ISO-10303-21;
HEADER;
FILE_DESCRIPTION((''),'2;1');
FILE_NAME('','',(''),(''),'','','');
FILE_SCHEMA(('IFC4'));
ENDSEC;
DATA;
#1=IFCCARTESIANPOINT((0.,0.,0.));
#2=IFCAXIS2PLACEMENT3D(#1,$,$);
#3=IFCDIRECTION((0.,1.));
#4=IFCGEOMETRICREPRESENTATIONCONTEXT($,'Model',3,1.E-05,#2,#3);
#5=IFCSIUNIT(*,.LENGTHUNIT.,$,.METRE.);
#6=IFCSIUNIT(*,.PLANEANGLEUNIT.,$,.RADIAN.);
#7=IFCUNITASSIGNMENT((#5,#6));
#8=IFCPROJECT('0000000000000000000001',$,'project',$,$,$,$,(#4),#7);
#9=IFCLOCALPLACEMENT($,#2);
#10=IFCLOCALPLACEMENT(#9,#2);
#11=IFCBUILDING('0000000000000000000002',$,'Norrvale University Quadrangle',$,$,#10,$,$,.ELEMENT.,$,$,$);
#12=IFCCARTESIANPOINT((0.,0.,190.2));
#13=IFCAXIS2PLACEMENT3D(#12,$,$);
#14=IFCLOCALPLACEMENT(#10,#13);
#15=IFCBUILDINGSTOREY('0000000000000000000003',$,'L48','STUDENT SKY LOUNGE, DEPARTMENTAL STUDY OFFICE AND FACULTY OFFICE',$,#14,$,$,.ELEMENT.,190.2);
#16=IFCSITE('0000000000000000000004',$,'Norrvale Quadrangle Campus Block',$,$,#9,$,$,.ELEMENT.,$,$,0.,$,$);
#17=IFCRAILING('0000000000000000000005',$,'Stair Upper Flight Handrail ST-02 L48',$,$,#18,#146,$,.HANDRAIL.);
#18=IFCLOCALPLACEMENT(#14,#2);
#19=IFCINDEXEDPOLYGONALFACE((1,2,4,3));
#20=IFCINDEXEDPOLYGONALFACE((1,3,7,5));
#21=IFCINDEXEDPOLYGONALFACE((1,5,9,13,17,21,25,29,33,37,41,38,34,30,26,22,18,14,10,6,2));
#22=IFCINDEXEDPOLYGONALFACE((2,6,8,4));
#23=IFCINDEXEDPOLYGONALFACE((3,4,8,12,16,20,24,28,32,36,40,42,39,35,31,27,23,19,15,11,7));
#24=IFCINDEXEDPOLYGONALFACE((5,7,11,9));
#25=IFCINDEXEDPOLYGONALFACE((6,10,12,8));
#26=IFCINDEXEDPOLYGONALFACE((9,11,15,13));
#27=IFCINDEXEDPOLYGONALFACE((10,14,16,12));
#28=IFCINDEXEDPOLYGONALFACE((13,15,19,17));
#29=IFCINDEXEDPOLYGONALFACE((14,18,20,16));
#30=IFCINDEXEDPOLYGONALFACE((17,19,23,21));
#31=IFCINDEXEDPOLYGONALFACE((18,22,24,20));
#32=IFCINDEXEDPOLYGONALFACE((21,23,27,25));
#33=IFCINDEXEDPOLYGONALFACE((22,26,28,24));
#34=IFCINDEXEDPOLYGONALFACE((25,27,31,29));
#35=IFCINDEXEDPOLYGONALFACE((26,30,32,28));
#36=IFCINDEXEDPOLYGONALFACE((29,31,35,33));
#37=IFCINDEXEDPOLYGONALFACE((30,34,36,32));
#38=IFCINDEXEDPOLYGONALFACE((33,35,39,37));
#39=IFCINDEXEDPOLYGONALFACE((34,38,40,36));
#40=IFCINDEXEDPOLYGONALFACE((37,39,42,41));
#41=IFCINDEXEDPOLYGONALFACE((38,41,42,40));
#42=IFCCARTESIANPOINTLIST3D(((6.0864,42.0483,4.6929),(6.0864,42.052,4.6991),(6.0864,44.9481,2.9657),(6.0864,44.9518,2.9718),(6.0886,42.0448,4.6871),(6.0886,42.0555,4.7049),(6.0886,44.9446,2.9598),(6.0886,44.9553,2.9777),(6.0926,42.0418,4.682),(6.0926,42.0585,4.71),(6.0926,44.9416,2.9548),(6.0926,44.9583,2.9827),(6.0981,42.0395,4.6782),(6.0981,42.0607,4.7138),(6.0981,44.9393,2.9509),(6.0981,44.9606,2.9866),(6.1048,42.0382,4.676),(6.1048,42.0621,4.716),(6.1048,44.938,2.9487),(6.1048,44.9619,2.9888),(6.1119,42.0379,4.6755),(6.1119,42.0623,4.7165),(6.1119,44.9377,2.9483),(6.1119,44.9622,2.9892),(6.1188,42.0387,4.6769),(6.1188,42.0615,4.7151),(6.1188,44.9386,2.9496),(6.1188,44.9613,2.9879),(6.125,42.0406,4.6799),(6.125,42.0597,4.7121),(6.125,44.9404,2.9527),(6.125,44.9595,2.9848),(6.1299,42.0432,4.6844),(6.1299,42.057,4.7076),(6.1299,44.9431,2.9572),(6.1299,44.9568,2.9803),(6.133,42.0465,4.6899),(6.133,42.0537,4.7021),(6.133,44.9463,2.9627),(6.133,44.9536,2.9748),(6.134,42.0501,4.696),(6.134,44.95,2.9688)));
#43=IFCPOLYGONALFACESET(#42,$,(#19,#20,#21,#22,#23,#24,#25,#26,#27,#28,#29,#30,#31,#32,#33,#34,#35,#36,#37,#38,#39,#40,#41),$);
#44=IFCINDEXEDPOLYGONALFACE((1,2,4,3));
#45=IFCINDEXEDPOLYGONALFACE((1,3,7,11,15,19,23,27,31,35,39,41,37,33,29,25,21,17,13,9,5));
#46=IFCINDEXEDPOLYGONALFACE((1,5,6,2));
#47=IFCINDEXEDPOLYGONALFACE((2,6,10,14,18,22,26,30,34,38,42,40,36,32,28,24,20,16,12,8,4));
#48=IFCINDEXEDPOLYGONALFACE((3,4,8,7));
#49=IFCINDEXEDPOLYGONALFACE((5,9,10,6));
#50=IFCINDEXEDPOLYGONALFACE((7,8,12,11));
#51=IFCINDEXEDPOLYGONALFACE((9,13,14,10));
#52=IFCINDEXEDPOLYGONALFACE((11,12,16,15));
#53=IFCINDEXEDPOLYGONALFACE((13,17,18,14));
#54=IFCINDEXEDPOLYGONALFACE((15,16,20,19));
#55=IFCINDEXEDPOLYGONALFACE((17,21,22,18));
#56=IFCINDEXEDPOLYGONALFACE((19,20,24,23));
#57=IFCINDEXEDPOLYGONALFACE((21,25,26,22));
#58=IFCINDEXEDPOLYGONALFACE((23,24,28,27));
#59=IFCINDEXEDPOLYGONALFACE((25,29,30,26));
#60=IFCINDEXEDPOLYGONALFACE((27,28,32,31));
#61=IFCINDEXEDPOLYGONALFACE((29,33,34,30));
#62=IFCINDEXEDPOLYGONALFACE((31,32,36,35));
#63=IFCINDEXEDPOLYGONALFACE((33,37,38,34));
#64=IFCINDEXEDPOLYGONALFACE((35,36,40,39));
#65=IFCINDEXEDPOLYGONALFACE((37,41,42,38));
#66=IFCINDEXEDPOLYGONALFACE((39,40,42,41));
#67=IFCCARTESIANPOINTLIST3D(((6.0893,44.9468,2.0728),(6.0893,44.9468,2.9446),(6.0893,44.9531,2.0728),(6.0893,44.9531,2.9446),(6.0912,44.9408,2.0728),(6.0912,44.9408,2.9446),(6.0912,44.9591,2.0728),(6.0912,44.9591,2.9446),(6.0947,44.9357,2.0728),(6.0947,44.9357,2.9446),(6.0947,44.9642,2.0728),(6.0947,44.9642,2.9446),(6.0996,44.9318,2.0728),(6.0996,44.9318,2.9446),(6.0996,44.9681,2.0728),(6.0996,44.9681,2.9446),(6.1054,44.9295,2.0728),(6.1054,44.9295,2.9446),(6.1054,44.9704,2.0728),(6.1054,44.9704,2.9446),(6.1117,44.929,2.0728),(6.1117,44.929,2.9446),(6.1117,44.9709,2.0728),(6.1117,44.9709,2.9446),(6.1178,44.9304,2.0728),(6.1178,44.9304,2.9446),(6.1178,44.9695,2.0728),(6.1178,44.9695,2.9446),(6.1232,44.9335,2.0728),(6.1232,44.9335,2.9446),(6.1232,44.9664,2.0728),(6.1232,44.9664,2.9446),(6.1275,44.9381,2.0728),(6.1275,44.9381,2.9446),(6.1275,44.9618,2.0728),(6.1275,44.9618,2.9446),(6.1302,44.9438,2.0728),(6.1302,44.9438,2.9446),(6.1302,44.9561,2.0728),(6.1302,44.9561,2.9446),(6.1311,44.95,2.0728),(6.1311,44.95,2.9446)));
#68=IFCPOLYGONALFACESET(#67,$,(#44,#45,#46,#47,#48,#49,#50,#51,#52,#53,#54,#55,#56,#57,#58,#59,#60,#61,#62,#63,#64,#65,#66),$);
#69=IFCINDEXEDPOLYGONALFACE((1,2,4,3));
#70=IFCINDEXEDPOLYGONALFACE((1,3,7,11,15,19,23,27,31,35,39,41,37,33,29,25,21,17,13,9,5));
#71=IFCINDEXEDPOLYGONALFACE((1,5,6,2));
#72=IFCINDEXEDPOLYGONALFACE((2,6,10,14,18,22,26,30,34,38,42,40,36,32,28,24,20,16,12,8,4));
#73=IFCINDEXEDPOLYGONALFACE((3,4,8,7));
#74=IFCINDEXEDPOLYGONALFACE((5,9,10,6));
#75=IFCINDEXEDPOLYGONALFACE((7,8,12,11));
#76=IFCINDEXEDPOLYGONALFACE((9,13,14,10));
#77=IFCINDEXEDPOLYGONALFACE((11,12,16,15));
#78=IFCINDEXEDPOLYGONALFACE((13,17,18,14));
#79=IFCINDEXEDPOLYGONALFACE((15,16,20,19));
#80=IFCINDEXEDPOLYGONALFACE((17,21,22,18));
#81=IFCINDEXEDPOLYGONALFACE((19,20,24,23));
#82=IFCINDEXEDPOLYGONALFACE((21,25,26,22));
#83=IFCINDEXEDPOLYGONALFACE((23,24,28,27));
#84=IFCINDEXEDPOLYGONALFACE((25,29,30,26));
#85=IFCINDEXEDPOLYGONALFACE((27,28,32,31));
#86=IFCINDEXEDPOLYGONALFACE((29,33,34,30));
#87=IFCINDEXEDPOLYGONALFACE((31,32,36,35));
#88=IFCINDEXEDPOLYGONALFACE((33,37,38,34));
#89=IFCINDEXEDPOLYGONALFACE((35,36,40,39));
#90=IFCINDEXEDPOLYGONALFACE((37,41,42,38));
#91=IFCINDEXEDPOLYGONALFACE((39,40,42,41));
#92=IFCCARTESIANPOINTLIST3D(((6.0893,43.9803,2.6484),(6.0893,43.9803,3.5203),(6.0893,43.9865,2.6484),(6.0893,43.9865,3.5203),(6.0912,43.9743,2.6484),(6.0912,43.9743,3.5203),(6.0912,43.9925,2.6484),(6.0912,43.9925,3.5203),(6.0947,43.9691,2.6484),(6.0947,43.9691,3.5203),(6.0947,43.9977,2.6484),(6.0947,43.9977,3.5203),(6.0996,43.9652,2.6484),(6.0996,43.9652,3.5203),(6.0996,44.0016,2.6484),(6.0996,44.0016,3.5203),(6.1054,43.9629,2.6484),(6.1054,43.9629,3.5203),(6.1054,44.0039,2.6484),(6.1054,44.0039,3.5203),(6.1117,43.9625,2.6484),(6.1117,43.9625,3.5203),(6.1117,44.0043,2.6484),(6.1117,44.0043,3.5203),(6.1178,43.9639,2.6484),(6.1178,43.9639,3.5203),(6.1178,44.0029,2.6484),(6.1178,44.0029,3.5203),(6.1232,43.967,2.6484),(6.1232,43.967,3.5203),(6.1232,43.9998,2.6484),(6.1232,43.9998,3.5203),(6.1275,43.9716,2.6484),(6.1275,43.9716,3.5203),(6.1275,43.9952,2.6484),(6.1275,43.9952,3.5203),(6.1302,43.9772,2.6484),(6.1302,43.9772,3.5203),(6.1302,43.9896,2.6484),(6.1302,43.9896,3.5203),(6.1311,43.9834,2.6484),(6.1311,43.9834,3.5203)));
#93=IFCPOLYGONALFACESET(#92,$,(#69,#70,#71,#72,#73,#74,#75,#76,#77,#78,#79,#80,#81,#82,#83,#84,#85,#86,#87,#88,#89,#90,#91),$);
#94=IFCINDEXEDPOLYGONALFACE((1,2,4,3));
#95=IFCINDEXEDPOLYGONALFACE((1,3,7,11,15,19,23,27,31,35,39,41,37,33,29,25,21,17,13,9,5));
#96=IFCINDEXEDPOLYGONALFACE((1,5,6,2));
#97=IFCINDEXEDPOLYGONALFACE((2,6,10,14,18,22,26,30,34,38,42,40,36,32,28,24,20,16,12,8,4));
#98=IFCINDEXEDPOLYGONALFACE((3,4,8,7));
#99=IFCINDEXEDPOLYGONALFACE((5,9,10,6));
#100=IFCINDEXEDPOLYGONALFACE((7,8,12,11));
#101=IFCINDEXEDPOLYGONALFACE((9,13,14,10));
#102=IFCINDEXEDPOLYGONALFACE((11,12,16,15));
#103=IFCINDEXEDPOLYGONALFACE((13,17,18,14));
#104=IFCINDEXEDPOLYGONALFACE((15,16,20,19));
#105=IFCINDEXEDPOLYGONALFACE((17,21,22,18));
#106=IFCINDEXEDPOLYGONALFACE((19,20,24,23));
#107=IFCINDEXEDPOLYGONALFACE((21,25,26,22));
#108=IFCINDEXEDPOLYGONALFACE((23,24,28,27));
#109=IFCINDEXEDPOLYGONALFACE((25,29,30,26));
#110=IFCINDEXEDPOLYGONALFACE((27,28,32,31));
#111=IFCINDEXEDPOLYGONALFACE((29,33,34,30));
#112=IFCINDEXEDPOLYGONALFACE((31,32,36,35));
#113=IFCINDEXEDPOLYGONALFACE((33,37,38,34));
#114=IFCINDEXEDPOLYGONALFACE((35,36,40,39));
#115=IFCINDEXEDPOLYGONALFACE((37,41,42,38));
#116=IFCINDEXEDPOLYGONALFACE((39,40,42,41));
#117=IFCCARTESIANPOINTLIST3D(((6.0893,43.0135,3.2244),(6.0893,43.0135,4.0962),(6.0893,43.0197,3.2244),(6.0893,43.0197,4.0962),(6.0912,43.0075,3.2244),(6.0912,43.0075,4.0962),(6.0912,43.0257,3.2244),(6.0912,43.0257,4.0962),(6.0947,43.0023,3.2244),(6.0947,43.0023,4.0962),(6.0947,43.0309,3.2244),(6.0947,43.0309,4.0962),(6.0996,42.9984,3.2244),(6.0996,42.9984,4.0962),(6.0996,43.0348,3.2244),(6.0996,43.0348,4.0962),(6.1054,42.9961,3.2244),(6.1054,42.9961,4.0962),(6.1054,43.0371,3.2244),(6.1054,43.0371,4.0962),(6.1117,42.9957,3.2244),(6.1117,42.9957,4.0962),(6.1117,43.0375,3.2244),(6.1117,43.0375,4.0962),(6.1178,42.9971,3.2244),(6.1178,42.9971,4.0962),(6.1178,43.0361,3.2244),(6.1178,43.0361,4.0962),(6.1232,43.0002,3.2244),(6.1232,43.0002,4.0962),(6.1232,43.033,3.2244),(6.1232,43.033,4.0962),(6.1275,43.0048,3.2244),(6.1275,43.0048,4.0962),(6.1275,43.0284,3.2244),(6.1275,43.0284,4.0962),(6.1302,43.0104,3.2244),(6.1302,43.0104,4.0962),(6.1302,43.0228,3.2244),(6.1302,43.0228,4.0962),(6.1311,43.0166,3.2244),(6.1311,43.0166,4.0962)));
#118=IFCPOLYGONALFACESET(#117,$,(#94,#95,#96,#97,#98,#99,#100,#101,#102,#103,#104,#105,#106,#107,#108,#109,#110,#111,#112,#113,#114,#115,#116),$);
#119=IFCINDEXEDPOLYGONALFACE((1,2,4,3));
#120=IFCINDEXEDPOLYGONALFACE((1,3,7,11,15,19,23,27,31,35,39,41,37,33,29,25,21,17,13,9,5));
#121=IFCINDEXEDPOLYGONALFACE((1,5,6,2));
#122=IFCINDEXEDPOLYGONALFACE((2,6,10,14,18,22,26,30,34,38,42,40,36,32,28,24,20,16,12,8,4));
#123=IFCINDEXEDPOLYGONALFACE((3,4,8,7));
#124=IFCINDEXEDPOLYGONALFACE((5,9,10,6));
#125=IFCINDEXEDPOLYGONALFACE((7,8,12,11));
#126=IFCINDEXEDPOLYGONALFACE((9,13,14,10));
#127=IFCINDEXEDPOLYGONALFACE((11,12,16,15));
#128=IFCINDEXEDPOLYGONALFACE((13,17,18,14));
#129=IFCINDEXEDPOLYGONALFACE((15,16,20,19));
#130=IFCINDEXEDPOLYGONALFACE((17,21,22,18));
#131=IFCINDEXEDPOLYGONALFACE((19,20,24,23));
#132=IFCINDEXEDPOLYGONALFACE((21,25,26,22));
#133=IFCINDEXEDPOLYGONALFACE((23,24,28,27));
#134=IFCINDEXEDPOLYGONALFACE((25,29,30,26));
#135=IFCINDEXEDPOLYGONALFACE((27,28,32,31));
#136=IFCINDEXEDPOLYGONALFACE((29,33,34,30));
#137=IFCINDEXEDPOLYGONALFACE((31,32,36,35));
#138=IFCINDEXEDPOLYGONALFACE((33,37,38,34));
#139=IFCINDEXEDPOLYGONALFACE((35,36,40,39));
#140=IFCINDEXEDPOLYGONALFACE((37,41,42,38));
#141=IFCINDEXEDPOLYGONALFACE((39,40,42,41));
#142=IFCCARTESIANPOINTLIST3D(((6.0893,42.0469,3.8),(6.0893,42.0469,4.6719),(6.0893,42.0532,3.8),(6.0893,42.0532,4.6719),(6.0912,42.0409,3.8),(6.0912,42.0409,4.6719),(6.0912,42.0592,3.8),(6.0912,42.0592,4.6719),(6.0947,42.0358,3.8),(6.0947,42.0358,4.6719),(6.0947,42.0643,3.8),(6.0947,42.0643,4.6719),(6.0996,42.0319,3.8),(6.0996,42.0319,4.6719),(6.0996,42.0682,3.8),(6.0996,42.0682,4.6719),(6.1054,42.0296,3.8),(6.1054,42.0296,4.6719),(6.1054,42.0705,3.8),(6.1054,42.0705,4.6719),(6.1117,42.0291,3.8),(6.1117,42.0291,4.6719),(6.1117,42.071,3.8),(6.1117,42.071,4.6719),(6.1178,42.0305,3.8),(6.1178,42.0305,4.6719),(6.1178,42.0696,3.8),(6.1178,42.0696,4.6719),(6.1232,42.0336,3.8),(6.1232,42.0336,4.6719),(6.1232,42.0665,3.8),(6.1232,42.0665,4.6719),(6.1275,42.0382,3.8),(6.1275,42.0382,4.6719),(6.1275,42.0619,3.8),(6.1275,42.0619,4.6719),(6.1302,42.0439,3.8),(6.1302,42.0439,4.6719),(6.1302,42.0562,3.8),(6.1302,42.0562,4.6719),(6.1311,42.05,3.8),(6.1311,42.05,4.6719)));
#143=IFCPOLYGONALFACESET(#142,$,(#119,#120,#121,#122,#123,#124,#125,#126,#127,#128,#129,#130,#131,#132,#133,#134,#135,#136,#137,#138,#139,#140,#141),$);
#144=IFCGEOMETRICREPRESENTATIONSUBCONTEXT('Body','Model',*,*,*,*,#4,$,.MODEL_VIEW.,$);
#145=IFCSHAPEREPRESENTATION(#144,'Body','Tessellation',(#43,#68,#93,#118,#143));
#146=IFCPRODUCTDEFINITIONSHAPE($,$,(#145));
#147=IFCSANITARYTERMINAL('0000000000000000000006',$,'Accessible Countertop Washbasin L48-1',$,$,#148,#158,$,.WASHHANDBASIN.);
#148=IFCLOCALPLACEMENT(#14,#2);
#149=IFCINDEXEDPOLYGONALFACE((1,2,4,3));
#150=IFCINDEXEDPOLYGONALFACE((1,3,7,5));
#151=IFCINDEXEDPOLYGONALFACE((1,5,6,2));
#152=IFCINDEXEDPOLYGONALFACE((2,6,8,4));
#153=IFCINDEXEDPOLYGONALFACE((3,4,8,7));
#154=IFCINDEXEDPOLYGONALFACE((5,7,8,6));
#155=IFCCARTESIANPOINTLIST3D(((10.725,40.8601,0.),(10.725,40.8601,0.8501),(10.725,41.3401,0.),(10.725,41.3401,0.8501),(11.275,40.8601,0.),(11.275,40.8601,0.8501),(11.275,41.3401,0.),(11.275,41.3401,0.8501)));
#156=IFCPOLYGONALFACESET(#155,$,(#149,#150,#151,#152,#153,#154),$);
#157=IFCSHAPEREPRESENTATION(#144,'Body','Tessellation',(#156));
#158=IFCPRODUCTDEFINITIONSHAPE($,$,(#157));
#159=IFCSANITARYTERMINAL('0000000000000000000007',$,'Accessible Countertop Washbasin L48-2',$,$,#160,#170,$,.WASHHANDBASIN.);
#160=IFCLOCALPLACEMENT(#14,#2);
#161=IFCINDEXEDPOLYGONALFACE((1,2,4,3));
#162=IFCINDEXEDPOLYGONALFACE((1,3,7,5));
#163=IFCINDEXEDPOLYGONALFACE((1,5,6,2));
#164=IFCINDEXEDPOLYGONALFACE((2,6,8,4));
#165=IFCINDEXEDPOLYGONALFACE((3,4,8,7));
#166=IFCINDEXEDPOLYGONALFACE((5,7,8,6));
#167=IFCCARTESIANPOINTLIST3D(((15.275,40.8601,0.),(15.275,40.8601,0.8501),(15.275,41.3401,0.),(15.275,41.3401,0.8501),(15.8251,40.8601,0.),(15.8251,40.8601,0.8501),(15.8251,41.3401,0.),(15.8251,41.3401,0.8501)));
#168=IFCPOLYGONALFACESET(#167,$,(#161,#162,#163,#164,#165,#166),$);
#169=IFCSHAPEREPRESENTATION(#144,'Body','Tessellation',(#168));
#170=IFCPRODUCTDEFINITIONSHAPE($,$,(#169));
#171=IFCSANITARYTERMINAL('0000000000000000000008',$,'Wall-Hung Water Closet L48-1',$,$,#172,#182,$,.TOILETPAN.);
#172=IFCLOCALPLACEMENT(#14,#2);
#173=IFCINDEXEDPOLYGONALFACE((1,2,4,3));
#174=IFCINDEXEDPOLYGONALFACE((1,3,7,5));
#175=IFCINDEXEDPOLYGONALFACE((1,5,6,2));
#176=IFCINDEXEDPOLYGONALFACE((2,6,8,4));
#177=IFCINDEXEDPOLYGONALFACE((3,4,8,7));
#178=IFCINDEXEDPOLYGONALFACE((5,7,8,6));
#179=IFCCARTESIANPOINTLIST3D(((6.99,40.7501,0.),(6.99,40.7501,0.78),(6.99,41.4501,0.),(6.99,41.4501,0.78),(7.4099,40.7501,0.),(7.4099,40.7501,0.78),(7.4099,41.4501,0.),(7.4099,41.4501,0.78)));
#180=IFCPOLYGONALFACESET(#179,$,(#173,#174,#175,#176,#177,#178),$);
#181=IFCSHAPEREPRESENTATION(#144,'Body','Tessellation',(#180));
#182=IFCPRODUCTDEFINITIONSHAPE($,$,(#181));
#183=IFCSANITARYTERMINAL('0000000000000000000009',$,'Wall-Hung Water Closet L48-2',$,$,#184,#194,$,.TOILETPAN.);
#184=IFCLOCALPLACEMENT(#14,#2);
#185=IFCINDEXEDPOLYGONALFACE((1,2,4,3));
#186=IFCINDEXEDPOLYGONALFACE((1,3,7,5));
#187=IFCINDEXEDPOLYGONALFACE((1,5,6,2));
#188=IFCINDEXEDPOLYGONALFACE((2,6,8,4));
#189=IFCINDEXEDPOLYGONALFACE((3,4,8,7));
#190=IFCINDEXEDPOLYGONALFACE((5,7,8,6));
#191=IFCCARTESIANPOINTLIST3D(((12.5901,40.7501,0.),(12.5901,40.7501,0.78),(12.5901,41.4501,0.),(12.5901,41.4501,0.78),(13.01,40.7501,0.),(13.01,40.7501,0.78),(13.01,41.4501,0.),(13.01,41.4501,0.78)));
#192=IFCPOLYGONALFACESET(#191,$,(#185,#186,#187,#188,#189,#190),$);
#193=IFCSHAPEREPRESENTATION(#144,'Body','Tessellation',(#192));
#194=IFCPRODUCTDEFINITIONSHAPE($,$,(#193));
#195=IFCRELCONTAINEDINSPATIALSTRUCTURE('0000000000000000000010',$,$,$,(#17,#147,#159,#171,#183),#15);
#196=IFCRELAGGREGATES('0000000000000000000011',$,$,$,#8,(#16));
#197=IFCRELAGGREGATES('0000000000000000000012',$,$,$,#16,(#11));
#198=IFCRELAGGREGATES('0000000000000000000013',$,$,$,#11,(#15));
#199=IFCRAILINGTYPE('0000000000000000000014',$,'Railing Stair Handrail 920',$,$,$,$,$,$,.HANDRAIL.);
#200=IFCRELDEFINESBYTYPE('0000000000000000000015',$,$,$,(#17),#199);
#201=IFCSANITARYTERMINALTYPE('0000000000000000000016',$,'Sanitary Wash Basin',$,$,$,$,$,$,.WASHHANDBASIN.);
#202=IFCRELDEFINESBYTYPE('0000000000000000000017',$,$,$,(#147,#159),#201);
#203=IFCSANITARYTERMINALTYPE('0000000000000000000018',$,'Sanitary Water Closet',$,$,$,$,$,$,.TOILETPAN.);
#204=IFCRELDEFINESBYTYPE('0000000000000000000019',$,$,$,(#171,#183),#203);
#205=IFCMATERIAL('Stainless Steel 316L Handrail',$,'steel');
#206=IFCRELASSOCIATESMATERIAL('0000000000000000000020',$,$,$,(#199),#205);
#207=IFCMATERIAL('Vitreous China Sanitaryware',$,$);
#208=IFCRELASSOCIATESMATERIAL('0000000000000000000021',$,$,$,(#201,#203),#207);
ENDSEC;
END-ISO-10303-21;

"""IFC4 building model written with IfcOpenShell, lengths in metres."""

from ifc_helpers import new_model, si_unit, direction, frame, origin, origin_2d, place, context, subcontext, project, spatial, rectangle, circle, extrude, material, type_object, element, save


model = new_model("IFC4")

# Units and contexts
model_context = context("Model", 3, precision=1e-05, world=origin(), true_north=direction((0.0, 1.0)))
body_context = subcontext(model_context, "Body", "Model", "MODEL_VIEW")
ifc_project = project(units=[si_unit("LENGTHUNIT", "METRE"), si_unit("PLANEANGLEUNIT", "RADIAN")], contexts=[model_context])

# Site, building, storey
site_placement = place(None, origin())
site = spatial("IfcSite", under=ifc_project, at=site_placement, Name="Norrvale Quadrangle Campus Block", CompositionType="ELEMENT", RefElevation=0.0)
building_placement = place(site_placement, origin())
building = spatial("IfcBuilding", under=site, at=building_placement, Name="Norrvale University Quadrangle", CompositionType="ELEMENT")
storey_placement = place(building_placement, frame((0.0, 0.0, 190.2)))
storey = spatial("IfcBuildingStorey", under=building, at=storey_placement, Name="L48", Description="STUDENT SKY LOUNGE, DEPARTMENTAL STUDY OFFICE AND FACULTY OFFICE", CompositionType="ELEMENT", Elevation=190.2)

# Railing
ifc_material_1 = material(Name="Stainless Steel 316L Handrail", Category="steel")
railing_type_1 = type_object("IfcRailingType", Name="Railing Stair Handrail 920", PredefinedType="HANDRAIL", material=ifc_material_1)
railing_1_placement = place(storey_placement, frame((6.1101, 44.95, 2.0728)))
element("IfcRailing", 1, at=railing_1_placement, inside=storey, type_object=railing_type_1, Name="Stair Upper Flight Handrail ST-02 L48", PredefinedType="HANDRAIL", context=body_context, shape_type="SweptSolid", body=[
    extrude(circle(Radius=0.0239, at=origin_2d()), frame((0.0, 0.0, 0.896), z_axis=(0.0, -0.859141, 0.511738), x_axis=(1.0, 0.0, 0.0)), (0.0, 0.0, 1.0), 3.3752),
    extrude(circle(Radius=0.021, at=origin_2d()), origin(), (0.0, 0.0, 1.0), 0.8718),
    extrude(circle(Radius=0.021, at=origin_2d()), frame((0.0, -0.9666, 0.5757)), (0.0, 0.0, 1.0), 0.8718),
    extrude(circle(Radius=0.021, at=origin_2d()), frame((0.0, -1.9333, 1.1516)), (0.0, 0.0, 1.0), 0.8718),
    extrude(circle(Radius=0.021, at=origin_2d()), frame((0.0, -2.8999, 1.7273)), (0.0, 0.0, 1.0), 0.8718),
])

# Sanitary terminals
ifc_material_2 = material(Name="Vitreous China Sanitaryware")
sanitary_terminal_type_1 = type_object("IfcSanitaryTerminalType", Name="Sanitary Wash Basin", PredefinedType="WASHHANDBASIN", material=ifc_material_2)
for number, where, z_axis, x_axis, name in (
    (2, (11.0, 41.1001, 0.0), (0.0, 0.0, 1.0), (1.0, 0.0, 0.0), "Accessible Countertop Washbasin L48-1"),
    (3, (15.55, 41.1001, 0.0), (0.0, 0.0, 1.0), (1.0, 0.0, 0.0), "Accessible Countertop Washbasin L48-2"),
):
    element("IfcSanitaryTerminal", number, at=place(storey_placement, frame(where, z_axis=z_axis, x_axis=x_axis)), inside=storey, type_object=sanitary_terminal_type_1, Name=name, PredefinedType="WASHHANDBASIN", context=body_context, shape_type="SweptSolid", body=[
        extrude(rectangle(XDim=0.55, YDim=0.48, at=origin_2d()), origin(), (0.0, 0.0, 1.0), 0.8501),
    ])
sanitary_terminal_type_2 = type_object("IfcSanitaryTerminalType", Name="Sanitary Water Closet", PredefinedType="TOILETPAN", material=ifc_material_2)
for number, where, z_axis, x_axis, name in (
    (4, (7.2, 41.1001, 0.0), (0.0, 0.0, 1.0), (1.0, 0.0, 0.0), "Wall-Hung Water Closet L48-1"),
    (5, (12.8, 41.1001, 0.0), (0.0, 0.0, 1.0), (1.0, 0.0, 0.0), "Wall-Hung Water Closet L48-2"),
):
    element("IfcSanitaryTerminal", number, at=place(storey_placement, frame(where, z_axis=z_axis, x_axis=x_axis)), inside=storey, type_object=sanitary_terminal_type_2, Name=name, PredefinedType="TOILETPAN", context=body_context, shape_type="SweptSolid", body=[
        extrude(rectangle(XDim=0.4199, YDim=0.7, at=origin_2d()), origin(), (0.0, 0.0, 1.0), 0.78),
    ])

save(model, "model.ifc")
